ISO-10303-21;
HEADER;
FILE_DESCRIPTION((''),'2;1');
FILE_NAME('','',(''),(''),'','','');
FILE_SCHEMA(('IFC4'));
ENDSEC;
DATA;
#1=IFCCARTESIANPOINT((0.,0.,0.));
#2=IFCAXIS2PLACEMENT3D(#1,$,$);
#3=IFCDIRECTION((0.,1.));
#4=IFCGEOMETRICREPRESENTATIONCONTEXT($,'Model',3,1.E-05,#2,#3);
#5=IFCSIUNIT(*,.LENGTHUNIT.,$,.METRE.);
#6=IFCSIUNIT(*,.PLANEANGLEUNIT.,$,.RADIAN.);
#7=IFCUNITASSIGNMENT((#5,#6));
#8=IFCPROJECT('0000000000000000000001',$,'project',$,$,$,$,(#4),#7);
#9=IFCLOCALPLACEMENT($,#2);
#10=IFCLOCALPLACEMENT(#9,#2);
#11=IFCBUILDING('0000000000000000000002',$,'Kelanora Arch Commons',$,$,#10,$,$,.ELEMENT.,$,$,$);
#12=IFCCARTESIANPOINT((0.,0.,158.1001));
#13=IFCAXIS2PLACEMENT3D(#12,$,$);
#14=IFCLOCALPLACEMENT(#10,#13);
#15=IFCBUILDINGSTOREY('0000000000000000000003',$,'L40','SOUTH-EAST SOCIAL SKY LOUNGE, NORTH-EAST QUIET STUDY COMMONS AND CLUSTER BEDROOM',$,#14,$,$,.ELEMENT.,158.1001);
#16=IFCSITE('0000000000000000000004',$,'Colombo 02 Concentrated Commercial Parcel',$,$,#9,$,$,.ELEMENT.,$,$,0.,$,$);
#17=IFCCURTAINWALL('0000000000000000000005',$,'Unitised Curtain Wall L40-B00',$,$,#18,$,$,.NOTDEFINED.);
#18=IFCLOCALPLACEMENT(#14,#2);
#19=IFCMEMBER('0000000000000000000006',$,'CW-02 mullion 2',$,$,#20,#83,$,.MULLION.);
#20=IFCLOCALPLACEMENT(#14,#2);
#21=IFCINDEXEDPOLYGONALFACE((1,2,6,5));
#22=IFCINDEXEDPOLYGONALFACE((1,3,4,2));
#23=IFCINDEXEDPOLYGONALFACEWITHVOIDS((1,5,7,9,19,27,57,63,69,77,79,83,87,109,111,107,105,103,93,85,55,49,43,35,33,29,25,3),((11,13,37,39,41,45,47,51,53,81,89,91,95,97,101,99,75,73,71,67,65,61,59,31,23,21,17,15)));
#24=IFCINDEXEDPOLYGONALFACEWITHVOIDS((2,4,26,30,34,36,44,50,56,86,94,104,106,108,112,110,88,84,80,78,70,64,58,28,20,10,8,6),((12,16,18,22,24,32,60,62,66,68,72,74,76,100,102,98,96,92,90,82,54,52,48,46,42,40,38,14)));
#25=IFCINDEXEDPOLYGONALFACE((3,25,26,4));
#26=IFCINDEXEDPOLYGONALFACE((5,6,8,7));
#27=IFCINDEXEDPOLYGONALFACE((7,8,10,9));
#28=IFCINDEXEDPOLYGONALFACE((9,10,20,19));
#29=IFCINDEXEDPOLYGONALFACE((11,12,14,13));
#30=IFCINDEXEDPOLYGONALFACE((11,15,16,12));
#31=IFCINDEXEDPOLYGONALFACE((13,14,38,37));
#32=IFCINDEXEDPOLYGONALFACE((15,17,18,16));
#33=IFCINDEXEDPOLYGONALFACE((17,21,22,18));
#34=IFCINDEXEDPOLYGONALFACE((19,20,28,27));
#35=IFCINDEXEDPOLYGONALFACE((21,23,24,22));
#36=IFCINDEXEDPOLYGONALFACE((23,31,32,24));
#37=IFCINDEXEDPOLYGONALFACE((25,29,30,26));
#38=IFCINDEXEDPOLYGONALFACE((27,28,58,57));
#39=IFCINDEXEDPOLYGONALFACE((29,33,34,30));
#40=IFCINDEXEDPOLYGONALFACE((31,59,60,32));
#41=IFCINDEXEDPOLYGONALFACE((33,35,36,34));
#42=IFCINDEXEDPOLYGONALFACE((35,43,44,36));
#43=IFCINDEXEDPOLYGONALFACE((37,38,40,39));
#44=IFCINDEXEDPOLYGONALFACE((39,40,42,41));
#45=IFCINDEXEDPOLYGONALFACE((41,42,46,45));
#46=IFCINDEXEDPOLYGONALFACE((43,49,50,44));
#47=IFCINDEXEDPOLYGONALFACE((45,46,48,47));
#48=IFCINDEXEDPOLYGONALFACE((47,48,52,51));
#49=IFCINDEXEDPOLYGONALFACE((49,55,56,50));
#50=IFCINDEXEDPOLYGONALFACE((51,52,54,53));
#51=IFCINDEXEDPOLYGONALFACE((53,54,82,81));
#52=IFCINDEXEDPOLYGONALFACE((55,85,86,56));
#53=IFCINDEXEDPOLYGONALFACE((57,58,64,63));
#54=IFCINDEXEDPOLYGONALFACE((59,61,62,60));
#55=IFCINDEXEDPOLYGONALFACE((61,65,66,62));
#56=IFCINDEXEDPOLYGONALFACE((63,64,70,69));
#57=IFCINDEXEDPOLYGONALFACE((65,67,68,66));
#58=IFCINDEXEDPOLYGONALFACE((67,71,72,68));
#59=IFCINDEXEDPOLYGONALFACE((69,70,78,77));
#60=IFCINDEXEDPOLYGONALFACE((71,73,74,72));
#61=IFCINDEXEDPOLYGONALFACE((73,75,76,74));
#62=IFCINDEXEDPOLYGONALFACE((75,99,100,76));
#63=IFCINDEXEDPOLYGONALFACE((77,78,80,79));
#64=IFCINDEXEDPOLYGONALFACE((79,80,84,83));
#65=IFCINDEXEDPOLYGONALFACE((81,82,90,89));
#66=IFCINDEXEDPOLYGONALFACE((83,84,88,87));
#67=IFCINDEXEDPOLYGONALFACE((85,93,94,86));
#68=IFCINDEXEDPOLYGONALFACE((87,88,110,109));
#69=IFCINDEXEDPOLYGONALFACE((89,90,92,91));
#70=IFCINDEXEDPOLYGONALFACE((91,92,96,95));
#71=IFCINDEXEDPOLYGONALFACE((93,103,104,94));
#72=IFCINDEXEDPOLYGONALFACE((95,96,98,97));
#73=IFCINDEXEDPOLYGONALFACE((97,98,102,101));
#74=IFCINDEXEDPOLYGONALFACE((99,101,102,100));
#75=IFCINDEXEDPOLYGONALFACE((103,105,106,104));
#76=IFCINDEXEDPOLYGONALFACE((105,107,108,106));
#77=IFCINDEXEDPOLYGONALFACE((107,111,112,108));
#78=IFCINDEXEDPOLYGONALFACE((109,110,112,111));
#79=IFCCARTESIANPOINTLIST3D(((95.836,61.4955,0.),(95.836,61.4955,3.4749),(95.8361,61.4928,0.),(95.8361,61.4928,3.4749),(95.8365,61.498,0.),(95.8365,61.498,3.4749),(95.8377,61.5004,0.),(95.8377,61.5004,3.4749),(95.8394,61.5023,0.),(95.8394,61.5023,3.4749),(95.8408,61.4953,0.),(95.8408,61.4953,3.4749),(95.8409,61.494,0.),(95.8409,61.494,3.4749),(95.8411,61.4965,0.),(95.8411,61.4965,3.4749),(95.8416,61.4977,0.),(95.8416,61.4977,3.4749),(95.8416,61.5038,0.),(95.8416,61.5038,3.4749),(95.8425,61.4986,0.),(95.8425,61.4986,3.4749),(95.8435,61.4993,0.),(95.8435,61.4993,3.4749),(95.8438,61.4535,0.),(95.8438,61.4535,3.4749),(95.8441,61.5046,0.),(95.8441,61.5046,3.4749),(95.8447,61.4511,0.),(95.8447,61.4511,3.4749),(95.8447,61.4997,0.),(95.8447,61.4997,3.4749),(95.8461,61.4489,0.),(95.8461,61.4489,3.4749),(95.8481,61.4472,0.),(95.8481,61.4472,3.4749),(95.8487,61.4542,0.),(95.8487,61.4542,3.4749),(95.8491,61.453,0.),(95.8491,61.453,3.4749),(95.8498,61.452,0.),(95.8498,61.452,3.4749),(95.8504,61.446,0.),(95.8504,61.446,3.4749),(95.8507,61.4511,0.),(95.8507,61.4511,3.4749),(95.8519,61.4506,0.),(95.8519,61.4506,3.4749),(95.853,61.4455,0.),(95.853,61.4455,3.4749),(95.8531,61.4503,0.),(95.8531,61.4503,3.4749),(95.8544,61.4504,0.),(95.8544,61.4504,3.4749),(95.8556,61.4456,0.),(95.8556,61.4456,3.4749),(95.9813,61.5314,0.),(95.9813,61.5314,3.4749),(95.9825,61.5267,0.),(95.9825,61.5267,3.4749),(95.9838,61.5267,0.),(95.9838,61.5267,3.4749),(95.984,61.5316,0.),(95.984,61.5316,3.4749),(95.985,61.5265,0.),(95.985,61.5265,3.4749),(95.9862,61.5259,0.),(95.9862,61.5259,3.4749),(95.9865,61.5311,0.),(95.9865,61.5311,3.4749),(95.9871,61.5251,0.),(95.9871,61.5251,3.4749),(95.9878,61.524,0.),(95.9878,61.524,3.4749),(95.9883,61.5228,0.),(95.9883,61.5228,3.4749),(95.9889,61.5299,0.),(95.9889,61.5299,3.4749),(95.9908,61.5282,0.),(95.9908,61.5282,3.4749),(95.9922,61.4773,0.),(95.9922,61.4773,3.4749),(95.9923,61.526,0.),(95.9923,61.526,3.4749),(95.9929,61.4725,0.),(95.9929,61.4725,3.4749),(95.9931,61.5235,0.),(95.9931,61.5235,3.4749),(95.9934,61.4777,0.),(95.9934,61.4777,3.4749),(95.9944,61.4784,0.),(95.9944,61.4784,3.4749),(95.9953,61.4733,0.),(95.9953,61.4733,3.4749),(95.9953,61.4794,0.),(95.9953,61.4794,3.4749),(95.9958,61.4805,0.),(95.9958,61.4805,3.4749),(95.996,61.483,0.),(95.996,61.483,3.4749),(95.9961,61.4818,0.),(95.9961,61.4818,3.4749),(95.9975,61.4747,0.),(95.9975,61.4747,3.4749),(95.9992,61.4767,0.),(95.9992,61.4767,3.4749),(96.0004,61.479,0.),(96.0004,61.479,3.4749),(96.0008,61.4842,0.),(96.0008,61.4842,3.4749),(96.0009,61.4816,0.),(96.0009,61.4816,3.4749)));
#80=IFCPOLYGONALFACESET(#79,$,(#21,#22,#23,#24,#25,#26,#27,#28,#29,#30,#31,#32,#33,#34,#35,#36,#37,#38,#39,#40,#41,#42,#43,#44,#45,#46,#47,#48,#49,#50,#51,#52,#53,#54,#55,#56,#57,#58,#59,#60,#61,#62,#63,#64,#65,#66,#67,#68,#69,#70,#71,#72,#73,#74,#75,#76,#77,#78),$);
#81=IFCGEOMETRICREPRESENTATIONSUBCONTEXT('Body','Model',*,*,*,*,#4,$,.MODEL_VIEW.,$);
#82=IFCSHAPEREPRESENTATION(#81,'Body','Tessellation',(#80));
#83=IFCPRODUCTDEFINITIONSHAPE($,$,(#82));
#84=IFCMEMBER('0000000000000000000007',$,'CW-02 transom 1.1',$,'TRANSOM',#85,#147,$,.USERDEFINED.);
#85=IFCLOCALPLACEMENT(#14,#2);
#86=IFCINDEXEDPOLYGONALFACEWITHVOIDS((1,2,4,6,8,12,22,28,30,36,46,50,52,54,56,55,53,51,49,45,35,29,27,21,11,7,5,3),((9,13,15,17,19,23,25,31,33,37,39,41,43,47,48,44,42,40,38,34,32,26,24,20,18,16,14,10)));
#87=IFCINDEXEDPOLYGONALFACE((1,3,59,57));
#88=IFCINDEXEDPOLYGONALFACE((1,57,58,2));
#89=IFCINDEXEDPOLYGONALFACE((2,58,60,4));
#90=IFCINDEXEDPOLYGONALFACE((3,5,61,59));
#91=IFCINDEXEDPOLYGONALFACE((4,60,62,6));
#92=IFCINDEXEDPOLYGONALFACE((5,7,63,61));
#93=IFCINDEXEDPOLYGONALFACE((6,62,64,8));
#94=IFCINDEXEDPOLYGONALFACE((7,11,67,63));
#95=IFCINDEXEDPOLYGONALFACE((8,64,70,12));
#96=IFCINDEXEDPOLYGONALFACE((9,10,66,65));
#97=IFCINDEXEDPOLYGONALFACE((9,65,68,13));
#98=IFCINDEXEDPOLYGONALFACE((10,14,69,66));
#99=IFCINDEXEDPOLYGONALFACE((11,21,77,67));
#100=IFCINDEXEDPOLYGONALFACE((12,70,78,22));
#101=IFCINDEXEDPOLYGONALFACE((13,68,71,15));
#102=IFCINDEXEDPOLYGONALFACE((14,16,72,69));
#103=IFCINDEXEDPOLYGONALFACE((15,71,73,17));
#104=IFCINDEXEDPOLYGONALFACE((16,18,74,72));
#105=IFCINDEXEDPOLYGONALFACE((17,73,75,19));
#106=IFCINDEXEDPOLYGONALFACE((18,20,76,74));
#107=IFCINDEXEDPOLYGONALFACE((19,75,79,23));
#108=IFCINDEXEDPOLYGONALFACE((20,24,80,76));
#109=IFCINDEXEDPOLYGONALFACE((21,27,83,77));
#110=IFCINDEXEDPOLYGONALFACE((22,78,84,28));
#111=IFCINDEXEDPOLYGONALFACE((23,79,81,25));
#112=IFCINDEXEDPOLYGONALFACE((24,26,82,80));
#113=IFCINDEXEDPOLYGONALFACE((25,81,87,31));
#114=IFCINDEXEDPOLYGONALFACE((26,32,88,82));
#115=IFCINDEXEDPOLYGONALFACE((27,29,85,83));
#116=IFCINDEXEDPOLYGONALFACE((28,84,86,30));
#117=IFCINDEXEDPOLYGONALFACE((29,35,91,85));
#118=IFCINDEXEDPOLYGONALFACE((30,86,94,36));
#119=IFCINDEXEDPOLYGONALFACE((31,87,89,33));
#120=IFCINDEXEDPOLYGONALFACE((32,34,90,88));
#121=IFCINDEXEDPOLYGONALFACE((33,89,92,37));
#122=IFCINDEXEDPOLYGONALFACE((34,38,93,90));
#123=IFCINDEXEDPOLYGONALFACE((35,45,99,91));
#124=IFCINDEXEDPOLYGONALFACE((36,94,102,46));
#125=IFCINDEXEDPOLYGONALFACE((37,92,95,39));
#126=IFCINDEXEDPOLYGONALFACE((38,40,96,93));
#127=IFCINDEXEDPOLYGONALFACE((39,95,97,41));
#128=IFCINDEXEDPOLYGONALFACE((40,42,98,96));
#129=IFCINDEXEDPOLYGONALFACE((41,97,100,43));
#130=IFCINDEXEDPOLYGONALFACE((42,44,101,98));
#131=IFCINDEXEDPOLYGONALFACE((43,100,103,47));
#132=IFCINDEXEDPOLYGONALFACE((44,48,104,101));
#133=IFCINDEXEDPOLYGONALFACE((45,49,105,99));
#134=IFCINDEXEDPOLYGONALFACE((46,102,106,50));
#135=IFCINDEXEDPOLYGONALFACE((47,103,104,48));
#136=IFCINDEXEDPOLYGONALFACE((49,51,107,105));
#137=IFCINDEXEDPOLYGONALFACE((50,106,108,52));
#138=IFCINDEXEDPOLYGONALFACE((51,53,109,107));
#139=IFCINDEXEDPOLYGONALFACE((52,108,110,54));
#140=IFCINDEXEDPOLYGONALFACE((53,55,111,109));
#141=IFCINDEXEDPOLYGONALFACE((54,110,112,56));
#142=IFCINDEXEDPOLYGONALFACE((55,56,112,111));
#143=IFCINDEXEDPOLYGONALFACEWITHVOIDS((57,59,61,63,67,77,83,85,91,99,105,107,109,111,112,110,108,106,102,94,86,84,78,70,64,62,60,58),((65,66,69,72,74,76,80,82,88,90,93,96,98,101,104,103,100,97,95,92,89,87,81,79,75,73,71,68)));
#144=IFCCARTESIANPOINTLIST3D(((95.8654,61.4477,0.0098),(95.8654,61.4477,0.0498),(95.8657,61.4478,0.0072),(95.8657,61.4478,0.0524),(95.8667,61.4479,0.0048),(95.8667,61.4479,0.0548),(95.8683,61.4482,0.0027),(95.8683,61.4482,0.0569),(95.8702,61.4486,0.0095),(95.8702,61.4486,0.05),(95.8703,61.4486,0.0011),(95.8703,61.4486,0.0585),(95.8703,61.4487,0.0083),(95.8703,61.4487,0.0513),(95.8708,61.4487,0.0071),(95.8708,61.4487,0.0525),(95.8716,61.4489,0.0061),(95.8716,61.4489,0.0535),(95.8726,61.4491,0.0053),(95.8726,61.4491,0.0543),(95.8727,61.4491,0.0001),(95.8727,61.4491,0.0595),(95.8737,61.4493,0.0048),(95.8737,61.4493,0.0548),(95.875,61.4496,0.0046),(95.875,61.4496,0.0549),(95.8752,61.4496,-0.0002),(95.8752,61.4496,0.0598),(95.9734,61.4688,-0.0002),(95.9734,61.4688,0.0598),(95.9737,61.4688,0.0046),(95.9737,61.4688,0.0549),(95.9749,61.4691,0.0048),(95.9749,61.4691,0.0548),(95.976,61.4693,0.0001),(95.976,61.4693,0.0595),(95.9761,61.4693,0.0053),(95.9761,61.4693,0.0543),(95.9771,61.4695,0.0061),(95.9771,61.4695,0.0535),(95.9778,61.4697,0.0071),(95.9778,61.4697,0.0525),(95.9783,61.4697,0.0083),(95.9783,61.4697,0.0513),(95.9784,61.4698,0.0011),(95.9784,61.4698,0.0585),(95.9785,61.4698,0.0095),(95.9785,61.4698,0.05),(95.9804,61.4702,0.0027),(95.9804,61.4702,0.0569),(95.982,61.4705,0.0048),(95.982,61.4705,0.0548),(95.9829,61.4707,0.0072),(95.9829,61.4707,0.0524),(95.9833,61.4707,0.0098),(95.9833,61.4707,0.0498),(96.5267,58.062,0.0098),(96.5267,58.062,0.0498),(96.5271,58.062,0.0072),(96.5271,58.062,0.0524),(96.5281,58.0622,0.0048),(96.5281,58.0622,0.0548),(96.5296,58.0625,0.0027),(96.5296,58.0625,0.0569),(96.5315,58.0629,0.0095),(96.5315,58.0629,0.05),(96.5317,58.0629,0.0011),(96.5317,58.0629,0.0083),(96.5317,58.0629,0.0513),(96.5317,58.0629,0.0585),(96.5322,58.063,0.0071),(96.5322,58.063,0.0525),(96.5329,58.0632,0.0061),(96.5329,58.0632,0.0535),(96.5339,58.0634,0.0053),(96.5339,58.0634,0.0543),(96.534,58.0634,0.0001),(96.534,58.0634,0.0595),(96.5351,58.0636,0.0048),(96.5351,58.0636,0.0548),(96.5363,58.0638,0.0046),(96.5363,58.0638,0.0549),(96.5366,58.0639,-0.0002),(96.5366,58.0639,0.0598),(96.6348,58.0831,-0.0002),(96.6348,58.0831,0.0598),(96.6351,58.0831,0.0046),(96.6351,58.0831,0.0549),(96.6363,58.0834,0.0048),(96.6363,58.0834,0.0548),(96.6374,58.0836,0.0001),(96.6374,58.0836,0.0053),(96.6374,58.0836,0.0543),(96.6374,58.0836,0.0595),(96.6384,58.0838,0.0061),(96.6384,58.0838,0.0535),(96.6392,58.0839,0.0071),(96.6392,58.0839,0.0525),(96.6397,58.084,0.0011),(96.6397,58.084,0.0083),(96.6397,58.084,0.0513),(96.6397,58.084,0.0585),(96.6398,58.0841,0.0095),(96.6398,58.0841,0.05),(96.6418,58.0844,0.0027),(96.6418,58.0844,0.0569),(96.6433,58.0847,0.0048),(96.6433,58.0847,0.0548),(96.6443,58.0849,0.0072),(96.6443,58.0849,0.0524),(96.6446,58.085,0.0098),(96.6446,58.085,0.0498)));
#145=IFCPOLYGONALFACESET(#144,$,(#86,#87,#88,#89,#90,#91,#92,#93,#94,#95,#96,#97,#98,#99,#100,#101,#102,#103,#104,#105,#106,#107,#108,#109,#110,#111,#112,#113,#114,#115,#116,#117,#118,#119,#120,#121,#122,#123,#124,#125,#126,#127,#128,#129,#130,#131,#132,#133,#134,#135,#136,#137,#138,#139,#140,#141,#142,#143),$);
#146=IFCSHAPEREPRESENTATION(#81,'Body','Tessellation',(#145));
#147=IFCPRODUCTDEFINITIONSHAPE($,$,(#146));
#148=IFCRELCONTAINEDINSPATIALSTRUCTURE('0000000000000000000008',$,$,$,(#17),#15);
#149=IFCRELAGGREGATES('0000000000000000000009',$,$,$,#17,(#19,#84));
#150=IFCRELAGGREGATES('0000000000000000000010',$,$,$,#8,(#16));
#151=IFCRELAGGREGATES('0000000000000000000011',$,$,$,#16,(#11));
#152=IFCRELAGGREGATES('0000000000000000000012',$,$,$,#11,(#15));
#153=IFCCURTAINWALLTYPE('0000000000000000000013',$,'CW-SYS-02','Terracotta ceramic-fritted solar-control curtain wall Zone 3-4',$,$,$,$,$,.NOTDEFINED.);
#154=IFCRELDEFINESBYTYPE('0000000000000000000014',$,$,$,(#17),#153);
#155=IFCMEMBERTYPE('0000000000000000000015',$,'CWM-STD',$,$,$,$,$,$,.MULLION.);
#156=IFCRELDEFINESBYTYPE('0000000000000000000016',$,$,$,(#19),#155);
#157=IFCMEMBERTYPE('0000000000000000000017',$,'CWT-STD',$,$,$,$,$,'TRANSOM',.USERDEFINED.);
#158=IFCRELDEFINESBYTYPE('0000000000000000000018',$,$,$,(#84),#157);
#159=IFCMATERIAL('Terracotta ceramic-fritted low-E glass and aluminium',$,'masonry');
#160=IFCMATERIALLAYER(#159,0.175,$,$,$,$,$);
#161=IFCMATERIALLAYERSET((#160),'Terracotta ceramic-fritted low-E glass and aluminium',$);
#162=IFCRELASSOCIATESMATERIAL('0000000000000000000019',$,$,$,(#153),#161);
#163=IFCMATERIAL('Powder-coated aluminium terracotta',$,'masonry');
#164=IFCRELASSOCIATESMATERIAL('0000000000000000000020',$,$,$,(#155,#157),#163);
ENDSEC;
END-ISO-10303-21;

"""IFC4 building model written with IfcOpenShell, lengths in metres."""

from ifc_helpers import new_model, si_unit, direction, frame, origin, origin_2d, place, context, subcontext, project, spatial, hollow_rectangle, extrude, material, layer, layer_set, material_profile, profile_set, type_object, element, aggregate, save


model = new_model("IFC4")

# Units and contexts
model_context = context("Model", 3, precision=1e-05, world=origin(), true_north=direction((0.0, 1.0)))
body_context = subcontext(model_context, "Body", "Model", "MODEL_VIEW")
ifc_project = project(units=[si_unit("LENGTHUNIT", "METRE"), si_unit("PLANEANGLEUNIT", "RADIAN")], contexts=[model_context])

# Site, building, storey
site_placement = place(None, origin())
site = spatial("IfcSite", under=ifc_project, at=site_placement, Name="Colombo 02 Concentrated Commercial Parcel", CompositionType="ELEMENT", RefElevation=0.0)
building_placement = place(site_placement, origin())
building = spatial("IfcBuilding", under=site, at=building_placement, Name="Kelanora Arch Commons", CompositionType="ELEMENT")
storey_placement = place(building_placement, frame((0.0, 0.0, 158.1001)))
storey = spatial("IfcBuildingStorey", under=building, at=storey_placement, Name="L40", Description="SOUTH-EAST SOCIAL SKY LOUNGE, NORTH-EAST QUIET STUDY COMMONS AND CLUSTER BEDROOM", CompositionType="ELEMENT", Elevation=158.1001)

# Curtain wall, members
ifc_material_1 = material(Name="Terracotta ceramic-fritted low-E glass and aluminium", Category="masonry")
ifc_layer_1 = layer(ifc_material_1, 0.175)
ifc_layer_set_1 = layer_set([ifc_layer_1], Name="Terracotta ceramic-fritted low-E glass and aluminium")
curtain_wall_type = type_object("IfcCurtainWallType", Name="CW-SYS-02", Description="Terracotta ceramic-fritted solar-control curtain wall Zone 3-4", PredefinedType="NOTDEFINED", material=ifc_layer_set_1)
curtain_wall_placement = place(storey_placement, origin())
curtain_wall = element("IfcCurtainWall", 1, at=curtain_wall_placement, inside=storey, type_object=curtain_wall_type, Name="Unitised Curtain Wall L40-B00", PredefinedType="NOTDEFINED")
ifc_material_2 = material(Name="Powder-coated aluminium terracotta", Category="masonry")
ifc_material_profile_1 = material_profile(ifc_material_2, hollow_rectangle(XDim=0.1599, YDim=0.0601, WallThickness=0.0049, InnerFilletRadius=0.0049, OuterFilletRadius=0.01, at=origin_2d()), Name="CWM160x60")
ifc_profile_set_1 = profile_set([ifc_material_profile_1], Name="Powder-coated aluminium terracotta")
member_type_1 = type_object("IfcMemberType", Name="CWM-STD", PredefinedType="MULLION", material=ifc_profile_set_1)
member_1_placement = place(storey_placement, frame((95.9185, 61.4885, 0.0), z_axis=(0.0, 0.0, 1.0), x_axis=(-0.981453, -0.191705, 0.0)))
member_1 = element("IfcMember", 2, at=member_1_placement, type_object=member_type_1, Name="CW-02 mullion 2", PredefinedType="MULLION", context=body_context, shape_type="SweptSolid", body=[
    extrude(hollow_rectangle(XDim=0.1599, YDim=0.0601, WallThickness=0.0049, InnerFilletRadius=0.0049, OuterFilletRadius=0.01, at=origin_2d()), origin(), (0.0, 0.0, 1.0), 3.4749),
])
ifc_material_profile_2 = material_profile(ifc_material_2, hollow_rectangle(XDim=0.1201, YDim=0.0601, WallThickness=0.0049, InnerFilletRadius=0.0049, OuterFilletRadius=0.01, at=origin_2d()), Name="CWT120x60")
ifc_profile_set_2 = profile_set([ifc_material_profile_2], Name="Powder-coated aluminium terracotta")
member_type_2 = type_object("IfcMemberType", Name="CWT-STD", ElementType="TRANSOM", PredefinedType="USERDEFINED", material=ifc_profile_set_2)
member_2_placement = place(storey_placement, frame((96.5857, 58.0735, 0.0298), z_axis=(-0.191718, 0.98145, 0.0), x_axis=(-0.98145, -0.191718, 0.0)))
member_2 = element("IfcMember", 3, at=member_2_placement, type_object=member_type_2, Name="CW-02 transom 1.1", ObjectType="TRANSOM", PredefinedType="USERDEFINED", context=body_context, shape_type="SweptSolid", body=[
    extrude(hollow_rectangle(XDim=0.1201, YDim=0.0601, WallThickness=0.0049, InnerFilletRadius=0.0049, OuterFilletRadius=0.01, at=origin_2d()), origin(), (0.0, 0.0, 1.0), 3.4497),
])
aggregate(curtain_wall, [member_1, member_2])

save(model, "model.ifc")
